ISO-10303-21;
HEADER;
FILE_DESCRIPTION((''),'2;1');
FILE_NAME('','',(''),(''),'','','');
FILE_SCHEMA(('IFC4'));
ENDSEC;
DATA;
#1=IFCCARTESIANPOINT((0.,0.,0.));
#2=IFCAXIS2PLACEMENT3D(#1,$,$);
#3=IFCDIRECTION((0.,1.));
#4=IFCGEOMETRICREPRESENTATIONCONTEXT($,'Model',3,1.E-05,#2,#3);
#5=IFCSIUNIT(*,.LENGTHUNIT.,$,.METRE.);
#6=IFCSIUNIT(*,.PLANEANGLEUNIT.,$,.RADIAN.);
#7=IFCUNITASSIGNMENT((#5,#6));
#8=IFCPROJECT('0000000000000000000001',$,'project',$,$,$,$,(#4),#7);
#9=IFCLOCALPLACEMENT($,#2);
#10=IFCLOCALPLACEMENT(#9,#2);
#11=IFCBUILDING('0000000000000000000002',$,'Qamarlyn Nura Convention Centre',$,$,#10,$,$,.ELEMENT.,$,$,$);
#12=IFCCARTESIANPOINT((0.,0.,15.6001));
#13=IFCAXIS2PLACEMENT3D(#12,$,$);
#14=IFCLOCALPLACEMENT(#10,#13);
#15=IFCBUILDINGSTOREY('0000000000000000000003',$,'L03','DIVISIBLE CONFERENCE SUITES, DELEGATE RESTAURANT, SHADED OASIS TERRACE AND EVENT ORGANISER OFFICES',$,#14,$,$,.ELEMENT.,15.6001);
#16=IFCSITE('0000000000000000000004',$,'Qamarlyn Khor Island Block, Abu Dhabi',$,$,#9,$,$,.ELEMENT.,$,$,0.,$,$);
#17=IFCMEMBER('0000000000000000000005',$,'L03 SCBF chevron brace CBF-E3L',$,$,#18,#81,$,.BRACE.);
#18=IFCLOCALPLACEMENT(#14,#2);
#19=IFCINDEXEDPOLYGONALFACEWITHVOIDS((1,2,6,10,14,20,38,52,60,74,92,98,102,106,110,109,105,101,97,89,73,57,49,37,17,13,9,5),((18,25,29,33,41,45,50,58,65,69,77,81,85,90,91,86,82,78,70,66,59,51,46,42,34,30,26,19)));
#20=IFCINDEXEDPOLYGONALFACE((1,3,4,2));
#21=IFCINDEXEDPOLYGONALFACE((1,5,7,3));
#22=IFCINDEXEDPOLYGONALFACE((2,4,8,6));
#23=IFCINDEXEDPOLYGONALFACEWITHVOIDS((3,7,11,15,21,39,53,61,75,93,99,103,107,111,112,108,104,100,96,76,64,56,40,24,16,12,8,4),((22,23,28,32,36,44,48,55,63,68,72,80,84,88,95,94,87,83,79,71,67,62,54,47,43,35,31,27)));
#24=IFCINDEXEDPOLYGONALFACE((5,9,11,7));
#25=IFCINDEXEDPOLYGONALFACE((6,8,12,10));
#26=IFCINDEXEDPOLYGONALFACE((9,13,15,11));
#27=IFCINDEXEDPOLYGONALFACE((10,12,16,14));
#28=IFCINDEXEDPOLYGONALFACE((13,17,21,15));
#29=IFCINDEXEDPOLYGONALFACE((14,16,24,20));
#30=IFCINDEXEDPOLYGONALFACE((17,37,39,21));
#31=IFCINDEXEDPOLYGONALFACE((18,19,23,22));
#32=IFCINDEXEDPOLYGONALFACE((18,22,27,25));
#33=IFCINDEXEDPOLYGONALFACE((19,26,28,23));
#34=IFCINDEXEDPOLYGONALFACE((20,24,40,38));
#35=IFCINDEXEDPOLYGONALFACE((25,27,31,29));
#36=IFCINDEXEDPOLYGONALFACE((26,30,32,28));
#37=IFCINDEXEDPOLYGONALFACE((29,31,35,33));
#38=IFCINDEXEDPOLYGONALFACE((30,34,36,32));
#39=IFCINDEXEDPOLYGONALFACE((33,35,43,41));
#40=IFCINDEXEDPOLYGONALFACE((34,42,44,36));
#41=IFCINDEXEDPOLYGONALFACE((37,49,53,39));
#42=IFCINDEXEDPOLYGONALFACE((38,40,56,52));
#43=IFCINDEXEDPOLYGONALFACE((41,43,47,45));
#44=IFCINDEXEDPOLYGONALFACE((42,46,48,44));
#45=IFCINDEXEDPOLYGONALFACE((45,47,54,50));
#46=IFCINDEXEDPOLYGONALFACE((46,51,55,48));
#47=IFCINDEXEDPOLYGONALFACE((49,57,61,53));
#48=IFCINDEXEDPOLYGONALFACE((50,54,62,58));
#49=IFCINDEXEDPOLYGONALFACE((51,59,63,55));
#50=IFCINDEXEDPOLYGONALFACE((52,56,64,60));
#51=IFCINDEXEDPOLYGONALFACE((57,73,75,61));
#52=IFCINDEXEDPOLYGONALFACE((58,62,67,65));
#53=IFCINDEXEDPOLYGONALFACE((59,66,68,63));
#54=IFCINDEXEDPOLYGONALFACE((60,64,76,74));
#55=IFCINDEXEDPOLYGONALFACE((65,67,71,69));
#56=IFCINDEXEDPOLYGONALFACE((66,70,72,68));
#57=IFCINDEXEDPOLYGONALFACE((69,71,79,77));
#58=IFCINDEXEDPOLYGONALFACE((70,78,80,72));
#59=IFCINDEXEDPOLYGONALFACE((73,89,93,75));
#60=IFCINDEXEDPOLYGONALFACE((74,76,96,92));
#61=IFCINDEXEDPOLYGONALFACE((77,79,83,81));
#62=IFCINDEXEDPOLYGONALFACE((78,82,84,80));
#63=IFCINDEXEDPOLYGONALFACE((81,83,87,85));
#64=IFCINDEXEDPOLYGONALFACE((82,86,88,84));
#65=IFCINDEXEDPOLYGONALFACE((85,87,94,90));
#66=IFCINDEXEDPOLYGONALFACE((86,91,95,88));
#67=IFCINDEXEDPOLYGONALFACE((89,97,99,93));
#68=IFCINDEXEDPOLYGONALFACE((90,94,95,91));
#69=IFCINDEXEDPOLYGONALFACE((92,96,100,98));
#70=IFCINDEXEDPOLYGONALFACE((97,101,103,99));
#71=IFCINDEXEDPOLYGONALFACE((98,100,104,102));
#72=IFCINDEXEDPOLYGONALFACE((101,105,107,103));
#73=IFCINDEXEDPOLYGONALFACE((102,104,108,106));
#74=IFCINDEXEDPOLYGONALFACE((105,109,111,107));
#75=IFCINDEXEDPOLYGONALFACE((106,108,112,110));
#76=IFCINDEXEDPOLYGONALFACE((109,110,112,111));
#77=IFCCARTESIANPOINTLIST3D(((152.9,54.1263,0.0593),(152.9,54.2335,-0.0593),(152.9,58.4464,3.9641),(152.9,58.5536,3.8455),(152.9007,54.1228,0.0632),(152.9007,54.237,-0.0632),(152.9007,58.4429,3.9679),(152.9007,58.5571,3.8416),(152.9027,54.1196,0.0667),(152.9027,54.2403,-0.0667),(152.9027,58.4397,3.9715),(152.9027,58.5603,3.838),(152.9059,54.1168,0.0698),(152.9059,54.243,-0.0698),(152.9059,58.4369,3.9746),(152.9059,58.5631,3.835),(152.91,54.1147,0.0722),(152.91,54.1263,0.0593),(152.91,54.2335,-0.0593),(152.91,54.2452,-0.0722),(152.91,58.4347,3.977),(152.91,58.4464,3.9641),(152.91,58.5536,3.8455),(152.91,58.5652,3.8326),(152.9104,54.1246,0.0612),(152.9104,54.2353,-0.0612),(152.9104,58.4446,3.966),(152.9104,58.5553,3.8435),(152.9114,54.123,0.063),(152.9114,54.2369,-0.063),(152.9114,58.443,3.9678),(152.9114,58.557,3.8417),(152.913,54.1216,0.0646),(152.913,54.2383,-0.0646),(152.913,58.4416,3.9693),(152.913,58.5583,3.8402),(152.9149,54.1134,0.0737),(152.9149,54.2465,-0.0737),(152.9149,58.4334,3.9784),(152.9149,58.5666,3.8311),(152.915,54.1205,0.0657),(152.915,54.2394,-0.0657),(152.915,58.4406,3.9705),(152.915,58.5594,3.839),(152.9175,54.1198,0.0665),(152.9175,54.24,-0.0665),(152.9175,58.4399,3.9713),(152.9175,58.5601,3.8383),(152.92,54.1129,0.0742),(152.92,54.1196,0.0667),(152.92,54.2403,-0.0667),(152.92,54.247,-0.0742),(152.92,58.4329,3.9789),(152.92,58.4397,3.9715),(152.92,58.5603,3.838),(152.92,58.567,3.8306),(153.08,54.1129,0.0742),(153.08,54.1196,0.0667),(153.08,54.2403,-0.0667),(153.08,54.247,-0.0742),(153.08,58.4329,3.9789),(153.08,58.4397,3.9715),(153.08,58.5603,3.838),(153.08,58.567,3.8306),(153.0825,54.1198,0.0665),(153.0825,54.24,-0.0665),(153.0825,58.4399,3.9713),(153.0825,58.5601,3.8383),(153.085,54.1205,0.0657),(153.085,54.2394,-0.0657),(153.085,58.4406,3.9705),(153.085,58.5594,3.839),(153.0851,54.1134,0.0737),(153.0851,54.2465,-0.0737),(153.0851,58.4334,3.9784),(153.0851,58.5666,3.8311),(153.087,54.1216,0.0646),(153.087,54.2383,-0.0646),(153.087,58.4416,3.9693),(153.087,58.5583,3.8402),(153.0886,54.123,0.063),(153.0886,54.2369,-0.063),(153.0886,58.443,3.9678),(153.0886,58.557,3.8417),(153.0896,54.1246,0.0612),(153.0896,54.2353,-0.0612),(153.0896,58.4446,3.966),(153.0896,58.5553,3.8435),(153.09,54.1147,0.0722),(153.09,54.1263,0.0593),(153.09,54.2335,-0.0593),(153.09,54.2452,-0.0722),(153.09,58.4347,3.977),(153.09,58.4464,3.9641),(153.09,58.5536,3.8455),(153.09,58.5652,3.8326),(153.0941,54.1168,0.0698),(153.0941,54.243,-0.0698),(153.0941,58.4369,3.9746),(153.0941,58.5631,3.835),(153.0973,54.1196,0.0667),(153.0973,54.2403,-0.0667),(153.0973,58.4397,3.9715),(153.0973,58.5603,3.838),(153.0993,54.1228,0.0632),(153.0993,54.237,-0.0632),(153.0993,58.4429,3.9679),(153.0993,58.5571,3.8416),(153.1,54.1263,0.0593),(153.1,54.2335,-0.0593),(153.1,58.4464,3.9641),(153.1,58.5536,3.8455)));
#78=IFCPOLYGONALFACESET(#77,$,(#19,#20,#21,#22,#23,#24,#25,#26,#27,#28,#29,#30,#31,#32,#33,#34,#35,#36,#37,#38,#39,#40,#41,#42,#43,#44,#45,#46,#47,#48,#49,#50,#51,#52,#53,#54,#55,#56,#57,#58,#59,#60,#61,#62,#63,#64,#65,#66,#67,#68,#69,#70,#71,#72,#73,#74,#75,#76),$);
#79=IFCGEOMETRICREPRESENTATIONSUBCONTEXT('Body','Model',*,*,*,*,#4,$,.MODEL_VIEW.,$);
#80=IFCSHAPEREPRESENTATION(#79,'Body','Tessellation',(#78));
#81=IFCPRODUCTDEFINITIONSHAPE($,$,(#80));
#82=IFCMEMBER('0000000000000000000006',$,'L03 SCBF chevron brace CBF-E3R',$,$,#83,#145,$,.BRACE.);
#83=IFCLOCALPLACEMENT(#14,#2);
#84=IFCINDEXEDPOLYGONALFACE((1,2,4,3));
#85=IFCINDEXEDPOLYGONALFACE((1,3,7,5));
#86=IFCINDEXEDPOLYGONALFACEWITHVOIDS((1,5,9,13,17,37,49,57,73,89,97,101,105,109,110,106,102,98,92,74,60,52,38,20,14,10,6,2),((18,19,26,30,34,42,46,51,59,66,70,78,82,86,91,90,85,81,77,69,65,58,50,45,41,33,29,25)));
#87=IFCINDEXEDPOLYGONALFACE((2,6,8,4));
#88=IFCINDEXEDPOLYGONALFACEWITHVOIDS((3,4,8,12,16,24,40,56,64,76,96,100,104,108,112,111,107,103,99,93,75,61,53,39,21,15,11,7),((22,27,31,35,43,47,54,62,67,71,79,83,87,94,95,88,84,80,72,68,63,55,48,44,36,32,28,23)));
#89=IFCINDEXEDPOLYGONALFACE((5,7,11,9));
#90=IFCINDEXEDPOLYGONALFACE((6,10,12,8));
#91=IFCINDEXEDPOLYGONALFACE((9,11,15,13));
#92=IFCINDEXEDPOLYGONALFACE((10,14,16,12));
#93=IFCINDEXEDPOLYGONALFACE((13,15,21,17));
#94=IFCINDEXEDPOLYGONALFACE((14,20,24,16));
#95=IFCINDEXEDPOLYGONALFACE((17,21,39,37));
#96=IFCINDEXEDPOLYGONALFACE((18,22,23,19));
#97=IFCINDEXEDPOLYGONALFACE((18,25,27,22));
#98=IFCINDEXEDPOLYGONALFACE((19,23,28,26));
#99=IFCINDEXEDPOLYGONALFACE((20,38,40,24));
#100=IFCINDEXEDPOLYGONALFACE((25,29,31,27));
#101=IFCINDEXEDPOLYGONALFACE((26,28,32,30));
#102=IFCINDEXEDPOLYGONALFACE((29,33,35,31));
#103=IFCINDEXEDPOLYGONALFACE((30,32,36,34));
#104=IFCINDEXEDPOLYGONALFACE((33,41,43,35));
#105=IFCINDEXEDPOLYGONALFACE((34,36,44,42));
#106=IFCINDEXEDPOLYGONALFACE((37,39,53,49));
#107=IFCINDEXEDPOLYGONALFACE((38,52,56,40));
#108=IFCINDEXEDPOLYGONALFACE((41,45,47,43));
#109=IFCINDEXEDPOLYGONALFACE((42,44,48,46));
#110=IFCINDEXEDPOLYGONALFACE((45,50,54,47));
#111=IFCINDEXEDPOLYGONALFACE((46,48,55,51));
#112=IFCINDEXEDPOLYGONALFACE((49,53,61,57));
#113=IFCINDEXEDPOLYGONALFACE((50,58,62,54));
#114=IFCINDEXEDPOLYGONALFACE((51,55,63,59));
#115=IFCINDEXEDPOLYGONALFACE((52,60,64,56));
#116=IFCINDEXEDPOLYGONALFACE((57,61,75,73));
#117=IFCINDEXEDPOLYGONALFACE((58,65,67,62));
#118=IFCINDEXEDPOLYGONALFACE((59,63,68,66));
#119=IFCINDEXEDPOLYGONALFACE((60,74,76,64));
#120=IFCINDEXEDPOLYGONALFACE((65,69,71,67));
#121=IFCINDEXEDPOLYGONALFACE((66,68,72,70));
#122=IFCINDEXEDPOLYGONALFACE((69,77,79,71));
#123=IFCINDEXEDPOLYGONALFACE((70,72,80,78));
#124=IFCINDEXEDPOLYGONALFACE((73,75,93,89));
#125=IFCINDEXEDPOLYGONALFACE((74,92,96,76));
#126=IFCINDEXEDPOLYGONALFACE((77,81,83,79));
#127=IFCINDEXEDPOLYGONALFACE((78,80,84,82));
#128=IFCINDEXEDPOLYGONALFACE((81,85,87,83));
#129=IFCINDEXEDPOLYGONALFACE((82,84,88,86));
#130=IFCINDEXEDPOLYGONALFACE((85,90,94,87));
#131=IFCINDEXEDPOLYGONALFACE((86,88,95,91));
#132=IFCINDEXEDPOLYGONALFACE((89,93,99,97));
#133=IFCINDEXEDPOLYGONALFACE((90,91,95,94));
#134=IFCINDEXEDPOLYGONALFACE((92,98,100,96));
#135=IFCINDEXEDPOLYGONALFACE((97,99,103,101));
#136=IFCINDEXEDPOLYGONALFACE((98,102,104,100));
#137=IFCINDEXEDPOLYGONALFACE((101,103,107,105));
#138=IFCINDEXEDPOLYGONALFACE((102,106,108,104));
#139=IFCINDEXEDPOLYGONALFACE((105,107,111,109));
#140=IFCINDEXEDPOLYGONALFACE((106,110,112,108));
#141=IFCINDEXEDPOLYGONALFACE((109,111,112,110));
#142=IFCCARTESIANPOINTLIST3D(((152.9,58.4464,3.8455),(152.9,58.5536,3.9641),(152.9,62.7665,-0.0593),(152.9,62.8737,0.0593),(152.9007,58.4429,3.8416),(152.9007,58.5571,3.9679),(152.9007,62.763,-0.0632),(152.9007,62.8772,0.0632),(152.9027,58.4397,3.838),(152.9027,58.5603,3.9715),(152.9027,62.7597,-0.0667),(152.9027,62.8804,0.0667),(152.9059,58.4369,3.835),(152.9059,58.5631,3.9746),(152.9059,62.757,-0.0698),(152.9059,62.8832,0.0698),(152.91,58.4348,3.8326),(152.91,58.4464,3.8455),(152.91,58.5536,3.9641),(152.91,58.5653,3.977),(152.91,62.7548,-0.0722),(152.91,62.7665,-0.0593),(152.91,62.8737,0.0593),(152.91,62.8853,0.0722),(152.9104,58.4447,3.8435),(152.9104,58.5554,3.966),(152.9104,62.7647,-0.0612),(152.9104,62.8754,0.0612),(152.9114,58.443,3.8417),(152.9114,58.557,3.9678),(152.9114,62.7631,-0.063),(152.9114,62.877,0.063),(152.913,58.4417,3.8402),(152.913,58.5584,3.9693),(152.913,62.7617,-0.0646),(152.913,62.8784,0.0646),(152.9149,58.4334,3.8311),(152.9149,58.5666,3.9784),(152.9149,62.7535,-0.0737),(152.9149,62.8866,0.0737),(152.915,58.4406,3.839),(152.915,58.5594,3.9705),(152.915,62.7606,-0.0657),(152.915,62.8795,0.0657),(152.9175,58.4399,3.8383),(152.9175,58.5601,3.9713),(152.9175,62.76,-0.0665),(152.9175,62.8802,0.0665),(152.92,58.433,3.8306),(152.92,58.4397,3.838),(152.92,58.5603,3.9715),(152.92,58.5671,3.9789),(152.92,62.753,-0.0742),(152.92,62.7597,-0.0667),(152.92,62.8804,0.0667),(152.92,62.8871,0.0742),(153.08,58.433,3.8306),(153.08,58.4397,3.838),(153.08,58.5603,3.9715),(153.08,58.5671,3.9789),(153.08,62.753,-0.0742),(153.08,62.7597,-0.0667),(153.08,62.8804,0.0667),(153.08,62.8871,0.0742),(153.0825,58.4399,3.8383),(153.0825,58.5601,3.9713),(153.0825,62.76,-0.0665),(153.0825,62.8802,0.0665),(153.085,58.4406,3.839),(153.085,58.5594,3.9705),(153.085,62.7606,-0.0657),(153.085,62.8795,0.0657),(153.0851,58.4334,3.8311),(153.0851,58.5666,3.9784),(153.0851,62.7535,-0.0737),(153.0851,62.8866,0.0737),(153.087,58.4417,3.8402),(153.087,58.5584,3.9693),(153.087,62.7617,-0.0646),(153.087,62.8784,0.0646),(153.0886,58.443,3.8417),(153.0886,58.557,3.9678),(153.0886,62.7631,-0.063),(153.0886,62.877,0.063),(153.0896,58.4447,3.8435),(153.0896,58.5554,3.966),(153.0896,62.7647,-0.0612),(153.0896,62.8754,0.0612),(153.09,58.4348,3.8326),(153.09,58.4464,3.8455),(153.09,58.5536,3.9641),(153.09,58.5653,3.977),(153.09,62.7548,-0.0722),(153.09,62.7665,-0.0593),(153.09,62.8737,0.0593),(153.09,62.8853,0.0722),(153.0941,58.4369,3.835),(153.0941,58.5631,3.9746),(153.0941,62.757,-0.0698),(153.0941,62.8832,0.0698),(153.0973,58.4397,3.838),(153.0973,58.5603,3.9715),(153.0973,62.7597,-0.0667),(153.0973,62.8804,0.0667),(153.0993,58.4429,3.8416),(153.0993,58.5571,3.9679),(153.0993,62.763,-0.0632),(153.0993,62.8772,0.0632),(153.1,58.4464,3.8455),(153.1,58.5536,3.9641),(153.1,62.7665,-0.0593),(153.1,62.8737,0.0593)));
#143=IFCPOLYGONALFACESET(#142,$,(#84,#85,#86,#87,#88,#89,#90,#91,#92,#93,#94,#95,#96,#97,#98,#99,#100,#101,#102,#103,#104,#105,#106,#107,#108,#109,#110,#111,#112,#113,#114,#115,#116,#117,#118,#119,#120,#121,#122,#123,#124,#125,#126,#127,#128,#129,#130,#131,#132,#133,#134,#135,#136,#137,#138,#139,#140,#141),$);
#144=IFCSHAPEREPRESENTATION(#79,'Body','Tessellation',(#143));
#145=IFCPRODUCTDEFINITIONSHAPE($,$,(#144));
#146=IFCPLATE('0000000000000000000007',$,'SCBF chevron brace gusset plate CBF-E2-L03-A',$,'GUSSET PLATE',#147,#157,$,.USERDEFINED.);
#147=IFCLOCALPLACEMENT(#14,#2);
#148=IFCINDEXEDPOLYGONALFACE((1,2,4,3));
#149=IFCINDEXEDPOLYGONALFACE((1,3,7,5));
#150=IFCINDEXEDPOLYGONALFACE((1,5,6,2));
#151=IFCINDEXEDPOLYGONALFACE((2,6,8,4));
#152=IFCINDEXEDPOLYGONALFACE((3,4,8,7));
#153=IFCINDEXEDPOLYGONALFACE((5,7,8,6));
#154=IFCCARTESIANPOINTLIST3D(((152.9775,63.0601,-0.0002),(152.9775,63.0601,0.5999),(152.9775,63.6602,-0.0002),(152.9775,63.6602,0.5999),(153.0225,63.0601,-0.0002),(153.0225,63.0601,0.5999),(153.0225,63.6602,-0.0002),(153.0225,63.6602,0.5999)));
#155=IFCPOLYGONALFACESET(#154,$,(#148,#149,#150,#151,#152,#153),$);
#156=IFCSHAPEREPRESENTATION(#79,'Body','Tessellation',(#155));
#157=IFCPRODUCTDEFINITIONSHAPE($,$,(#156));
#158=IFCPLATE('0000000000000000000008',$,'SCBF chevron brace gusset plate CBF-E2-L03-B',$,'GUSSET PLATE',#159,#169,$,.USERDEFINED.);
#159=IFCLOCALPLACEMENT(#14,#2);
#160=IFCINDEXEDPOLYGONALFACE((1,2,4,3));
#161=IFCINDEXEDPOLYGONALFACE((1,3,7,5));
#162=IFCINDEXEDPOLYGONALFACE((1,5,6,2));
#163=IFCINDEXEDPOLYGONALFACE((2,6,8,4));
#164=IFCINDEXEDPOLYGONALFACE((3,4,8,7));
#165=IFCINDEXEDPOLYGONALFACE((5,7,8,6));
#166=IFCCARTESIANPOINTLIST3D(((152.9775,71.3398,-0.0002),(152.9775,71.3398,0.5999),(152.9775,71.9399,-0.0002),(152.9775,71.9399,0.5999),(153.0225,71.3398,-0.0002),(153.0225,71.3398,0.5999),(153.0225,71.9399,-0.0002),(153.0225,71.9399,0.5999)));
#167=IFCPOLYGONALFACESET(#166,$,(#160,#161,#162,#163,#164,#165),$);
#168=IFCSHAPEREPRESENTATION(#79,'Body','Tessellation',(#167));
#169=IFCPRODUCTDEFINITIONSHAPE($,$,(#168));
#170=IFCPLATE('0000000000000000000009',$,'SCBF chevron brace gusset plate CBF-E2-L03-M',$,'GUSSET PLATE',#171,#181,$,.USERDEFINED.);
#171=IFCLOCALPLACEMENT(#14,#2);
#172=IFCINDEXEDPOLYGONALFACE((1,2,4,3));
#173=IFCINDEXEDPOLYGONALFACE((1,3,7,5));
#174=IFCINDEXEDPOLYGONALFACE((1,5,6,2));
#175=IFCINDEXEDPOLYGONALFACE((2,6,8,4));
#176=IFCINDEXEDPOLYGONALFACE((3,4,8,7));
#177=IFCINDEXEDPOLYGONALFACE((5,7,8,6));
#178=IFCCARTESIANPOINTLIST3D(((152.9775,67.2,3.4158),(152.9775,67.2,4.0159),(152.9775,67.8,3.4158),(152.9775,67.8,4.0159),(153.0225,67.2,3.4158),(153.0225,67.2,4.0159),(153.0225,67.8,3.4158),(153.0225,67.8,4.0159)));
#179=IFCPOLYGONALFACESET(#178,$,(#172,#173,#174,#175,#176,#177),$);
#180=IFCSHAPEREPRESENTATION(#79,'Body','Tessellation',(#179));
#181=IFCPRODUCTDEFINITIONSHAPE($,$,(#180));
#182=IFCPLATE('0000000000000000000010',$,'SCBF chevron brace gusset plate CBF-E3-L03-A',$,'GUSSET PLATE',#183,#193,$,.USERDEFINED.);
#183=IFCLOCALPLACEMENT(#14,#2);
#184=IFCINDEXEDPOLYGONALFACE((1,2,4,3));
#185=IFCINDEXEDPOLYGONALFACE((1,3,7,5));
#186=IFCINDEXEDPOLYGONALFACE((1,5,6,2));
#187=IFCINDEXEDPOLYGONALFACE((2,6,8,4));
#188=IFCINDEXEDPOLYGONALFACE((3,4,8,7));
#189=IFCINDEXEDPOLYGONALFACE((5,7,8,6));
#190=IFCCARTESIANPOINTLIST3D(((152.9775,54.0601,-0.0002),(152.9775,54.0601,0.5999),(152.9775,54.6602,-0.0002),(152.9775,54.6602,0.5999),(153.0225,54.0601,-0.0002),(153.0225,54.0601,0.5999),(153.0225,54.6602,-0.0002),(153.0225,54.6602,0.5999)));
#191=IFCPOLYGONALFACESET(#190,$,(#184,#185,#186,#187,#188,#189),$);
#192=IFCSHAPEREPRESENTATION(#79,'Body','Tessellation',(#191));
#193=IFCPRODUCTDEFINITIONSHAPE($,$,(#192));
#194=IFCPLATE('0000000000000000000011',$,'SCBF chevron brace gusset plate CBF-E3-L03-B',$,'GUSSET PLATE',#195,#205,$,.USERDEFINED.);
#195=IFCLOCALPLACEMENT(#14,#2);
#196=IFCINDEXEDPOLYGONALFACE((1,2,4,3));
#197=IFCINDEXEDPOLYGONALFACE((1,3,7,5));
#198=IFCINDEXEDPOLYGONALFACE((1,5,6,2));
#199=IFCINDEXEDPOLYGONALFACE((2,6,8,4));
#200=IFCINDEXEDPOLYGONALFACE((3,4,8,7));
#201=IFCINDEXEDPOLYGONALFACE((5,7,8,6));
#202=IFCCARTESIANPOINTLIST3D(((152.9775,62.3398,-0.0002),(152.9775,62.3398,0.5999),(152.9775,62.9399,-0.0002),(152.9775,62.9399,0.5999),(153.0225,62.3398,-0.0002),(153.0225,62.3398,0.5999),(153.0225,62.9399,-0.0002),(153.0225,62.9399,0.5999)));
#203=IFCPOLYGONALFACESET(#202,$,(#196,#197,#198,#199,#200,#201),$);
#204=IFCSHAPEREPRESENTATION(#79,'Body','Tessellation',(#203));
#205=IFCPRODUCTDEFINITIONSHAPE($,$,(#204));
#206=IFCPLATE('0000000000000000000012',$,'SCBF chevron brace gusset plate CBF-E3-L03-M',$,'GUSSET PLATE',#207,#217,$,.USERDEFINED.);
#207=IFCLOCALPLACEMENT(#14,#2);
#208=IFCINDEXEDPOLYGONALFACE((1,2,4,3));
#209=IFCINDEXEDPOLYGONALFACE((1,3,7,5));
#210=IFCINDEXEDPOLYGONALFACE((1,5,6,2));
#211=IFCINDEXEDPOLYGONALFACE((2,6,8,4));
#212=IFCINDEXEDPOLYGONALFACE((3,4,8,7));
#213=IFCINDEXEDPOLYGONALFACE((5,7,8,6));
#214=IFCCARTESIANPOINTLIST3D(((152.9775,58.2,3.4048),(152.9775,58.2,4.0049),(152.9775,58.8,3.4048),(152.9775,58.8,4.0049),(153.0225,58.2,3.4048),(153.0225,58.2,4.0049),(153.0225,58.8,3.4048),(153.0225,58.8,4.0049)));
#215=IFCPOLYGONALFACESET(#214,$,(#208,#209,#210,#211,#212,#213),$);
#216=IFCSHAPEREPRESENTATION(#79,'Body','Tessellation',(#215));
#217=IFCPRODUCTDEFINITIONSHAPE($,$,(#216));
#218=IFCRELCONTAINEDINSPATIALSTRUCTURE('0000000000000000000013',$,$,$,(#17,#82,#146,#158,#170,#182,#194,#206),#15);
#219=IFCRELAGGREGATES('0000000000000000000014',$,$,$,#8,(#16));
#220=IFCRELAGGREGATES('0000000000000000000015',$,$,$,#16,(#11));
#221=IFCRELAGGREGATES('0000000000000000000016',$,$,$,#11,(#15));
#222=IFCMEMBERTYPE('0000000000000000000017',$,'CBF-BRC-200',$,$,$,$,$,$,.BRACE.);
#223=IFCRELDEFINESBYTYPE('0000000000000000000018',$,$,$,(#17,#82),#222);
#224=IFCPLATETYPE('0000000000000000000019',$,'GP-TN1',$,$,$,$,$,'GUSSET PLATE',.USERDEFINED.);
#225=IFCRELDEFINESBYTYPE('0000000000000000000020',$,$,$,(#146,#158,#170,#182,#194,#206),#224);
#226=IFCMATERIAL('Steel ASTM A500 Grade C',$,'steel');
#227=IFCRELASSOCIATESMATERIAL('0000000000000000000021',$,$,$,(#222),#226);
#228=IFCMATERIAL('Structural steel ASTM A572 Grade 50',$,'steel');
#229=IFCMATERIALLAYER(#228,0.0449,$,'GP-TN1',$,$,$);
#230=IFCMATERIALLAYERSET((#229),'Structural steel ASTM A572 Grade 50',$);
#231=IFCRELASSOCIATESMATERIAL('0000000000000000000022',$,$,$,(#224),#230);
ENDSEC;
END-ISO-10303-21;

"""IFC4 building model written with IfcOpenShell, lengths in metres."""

from ifc_helpers import new_model, si_unit, direction, frame, origin, origin_2d, place, context, subcontext, project, spatial, rectangle, hollow_rectangle, extrude, material, layer, layer_set, material_profile, profile_set, type_object, element, save


model = new_model("IFC4")

# Units and contexts
model_context = context("Model", 3, precision=1e-05, world=origin(), true_north=direction((0.0, 1.0)))
body_context = subcontext(model_context, "Body", "Model", "MODEL_VIEW")
ifc_project = project(units=[si_unit("LENGTHUNIT", "METRE"), si_unit("PLANEANGLEUNIT", "RADIAN")], contexts=[model_context])

# Site, building, storey
site_placement = place(None, origin())
site = spatial("IfcSite", under=ifc_project, at=site_placement, Name="Qamarlyn Khor Island Block, Abu Dhabi", CompositionType="ELEMENT", RefElevation=0.0)
building_placement = place(site_placement, origin())
building = spatial("IfcBuilding", under=site, at=building_placement, Name="Qamarlyn Nura Convention Centre", CompositionType="ELEMENT")
storey_placement = place(building_placement, frame((0.0, 0.0, 15.6001)))
storey = spatial("IfcBuildingStorey", under=building, at=storey_placement, Name="L03", Description="DIVISIBLE CONFERENCE SUITES, DELEGATE RESTAURANT, SHADED OASIS TERRACE AND EVENT ORGANISER OFFICES", CompositionType="ELEMENT", Elevation=15.6001)

# Members
ifc_material_1 = material(Name="Steel ASTM A500 Grade C", Category="steel")
ifc_material_profile_1 = material_profile(ifc_material_1, hollow_rectangle(XDim=0.2, YDim=0.2, WallThickness=0.01, InnerFilletRadius=0.01, OuterFilletRadius=0.02, at=origin_2d()), Name="HSS200X200X10")
ifc_profile_set_1 = profile_set([ifc_material_profile_1], Name="Steel ASTM A500 Grade C")
member_type = type_object("IfcMemberType", Name="CBF-BRC-200", PredefinedType="BRACE", material=ifc_profile_set_1)
for number, where, z_axis, x_axis, name in (
    (1, (153.0, 54.1799, 0.0), (0.0, 0.741864, 0.67055), (-1.0, 0.0, 0.0), "L03 SCBF chevron brace CBF-E3L"),
    (2, (153.0, 62.8201, 0.0), (0.0, -0.741864, 0.67055), (1.0, 0.0, 0.0), "L03 SCBF chevron brace CBF-E3R"),
):
    element("IfcMember", number, at=place(storey_placement, frame(where, z_axis=z_axis, x_axis=x_axis)), inside=storey, type_object=member_type, Name=name, PredefinedType="BRACE", context=body_context, shape_type="SweptSolid", body=[
        extrude(hollow_rectangle(XDim=0.2, YDim=0.2, WallThickness=0.01, InnerFilletRadius=0.01, OuterFilletRadius=0.02, at=origin_2d()), origin(), (0.0, 0.0, 1.0), 5.8232),
    ])

# Plates
ifc_material_2 = material(Name="Structural steel ASTM A572 Grade 50", Category="steel")
ifc_layer_1 = layer(ifc_material_2, 0.0449, Name="GP-TN1")
ifc_layer_set_1 = layer_set([ifc_layer_1], Name="Structural steel ASTM A572 Grade 50")
plate_type = type_object("IfcPlateType", Name="GP-TN1", ElementType="GUSSET PLATE", PredefinedType="USERDEFINED", material=ifc_layer_set_1)
for number, where, z_axis, x_axis, name in (
    (3, (153.0, 63.3601, -0.0002), (0.0, 0.0, 1.0), (0.0, 1.0, 0.0), "SCBF chevron brace gusset plate CBF-E2-L03-A"),
    (4, (153.0, 71.6399, -0.0002), (0.0, 0.0, 1.0), (0.0, 1.0, 0.0), "SCBF chevron brace gusset plate CBF-E2-L03-B"),
    (5, (153.0, 67.5, 3.4158), (0.0, 0.0, 1.0), (0.0, 1.0, 0.0), "SCBF chevron brace gusset plate CBF-E2-L03-M"),
    (6, (153.0, 54.3601, -0.0002), (0.0, 0.0, 1.0), (0.0, 1.0, 0.0), "SCBF chevron brace gusset plate CBF-E3-L03-A"),
    (7, (153.0, 62.6399, -0.0002), (0.0, 0.0, 1.0), (0.0, 1.0, 0.0), "SCBF chevron brace gusset plate CBF-E3-L03-B"),
    (8, (153.0, 58.5, 3.4048), (0.0, 0.0, 1.0), (0.0, 1.0, 0.0), "SCBF chevron brace gusset plate CBF-E3-L03-M"),
):
    element("IfcPlate", number, at=place(storey_placement, frame(where, z_axis=z_axis, x_axis=x_axis)), inside=storey, type_object=plate_type, Name=name, ObjectType="GUSSET PLATE", PredefinedType="USERDEFINED", context=body_context, shape_type="SweptSolid", body=[
        extrude(rectangle(XDim=0.6001, YDim=0.0449, at=origin_2d()), origin(), (0.0, 0.0, 1.0), 0.6001),
    ])

save(model, "model.ifc")
